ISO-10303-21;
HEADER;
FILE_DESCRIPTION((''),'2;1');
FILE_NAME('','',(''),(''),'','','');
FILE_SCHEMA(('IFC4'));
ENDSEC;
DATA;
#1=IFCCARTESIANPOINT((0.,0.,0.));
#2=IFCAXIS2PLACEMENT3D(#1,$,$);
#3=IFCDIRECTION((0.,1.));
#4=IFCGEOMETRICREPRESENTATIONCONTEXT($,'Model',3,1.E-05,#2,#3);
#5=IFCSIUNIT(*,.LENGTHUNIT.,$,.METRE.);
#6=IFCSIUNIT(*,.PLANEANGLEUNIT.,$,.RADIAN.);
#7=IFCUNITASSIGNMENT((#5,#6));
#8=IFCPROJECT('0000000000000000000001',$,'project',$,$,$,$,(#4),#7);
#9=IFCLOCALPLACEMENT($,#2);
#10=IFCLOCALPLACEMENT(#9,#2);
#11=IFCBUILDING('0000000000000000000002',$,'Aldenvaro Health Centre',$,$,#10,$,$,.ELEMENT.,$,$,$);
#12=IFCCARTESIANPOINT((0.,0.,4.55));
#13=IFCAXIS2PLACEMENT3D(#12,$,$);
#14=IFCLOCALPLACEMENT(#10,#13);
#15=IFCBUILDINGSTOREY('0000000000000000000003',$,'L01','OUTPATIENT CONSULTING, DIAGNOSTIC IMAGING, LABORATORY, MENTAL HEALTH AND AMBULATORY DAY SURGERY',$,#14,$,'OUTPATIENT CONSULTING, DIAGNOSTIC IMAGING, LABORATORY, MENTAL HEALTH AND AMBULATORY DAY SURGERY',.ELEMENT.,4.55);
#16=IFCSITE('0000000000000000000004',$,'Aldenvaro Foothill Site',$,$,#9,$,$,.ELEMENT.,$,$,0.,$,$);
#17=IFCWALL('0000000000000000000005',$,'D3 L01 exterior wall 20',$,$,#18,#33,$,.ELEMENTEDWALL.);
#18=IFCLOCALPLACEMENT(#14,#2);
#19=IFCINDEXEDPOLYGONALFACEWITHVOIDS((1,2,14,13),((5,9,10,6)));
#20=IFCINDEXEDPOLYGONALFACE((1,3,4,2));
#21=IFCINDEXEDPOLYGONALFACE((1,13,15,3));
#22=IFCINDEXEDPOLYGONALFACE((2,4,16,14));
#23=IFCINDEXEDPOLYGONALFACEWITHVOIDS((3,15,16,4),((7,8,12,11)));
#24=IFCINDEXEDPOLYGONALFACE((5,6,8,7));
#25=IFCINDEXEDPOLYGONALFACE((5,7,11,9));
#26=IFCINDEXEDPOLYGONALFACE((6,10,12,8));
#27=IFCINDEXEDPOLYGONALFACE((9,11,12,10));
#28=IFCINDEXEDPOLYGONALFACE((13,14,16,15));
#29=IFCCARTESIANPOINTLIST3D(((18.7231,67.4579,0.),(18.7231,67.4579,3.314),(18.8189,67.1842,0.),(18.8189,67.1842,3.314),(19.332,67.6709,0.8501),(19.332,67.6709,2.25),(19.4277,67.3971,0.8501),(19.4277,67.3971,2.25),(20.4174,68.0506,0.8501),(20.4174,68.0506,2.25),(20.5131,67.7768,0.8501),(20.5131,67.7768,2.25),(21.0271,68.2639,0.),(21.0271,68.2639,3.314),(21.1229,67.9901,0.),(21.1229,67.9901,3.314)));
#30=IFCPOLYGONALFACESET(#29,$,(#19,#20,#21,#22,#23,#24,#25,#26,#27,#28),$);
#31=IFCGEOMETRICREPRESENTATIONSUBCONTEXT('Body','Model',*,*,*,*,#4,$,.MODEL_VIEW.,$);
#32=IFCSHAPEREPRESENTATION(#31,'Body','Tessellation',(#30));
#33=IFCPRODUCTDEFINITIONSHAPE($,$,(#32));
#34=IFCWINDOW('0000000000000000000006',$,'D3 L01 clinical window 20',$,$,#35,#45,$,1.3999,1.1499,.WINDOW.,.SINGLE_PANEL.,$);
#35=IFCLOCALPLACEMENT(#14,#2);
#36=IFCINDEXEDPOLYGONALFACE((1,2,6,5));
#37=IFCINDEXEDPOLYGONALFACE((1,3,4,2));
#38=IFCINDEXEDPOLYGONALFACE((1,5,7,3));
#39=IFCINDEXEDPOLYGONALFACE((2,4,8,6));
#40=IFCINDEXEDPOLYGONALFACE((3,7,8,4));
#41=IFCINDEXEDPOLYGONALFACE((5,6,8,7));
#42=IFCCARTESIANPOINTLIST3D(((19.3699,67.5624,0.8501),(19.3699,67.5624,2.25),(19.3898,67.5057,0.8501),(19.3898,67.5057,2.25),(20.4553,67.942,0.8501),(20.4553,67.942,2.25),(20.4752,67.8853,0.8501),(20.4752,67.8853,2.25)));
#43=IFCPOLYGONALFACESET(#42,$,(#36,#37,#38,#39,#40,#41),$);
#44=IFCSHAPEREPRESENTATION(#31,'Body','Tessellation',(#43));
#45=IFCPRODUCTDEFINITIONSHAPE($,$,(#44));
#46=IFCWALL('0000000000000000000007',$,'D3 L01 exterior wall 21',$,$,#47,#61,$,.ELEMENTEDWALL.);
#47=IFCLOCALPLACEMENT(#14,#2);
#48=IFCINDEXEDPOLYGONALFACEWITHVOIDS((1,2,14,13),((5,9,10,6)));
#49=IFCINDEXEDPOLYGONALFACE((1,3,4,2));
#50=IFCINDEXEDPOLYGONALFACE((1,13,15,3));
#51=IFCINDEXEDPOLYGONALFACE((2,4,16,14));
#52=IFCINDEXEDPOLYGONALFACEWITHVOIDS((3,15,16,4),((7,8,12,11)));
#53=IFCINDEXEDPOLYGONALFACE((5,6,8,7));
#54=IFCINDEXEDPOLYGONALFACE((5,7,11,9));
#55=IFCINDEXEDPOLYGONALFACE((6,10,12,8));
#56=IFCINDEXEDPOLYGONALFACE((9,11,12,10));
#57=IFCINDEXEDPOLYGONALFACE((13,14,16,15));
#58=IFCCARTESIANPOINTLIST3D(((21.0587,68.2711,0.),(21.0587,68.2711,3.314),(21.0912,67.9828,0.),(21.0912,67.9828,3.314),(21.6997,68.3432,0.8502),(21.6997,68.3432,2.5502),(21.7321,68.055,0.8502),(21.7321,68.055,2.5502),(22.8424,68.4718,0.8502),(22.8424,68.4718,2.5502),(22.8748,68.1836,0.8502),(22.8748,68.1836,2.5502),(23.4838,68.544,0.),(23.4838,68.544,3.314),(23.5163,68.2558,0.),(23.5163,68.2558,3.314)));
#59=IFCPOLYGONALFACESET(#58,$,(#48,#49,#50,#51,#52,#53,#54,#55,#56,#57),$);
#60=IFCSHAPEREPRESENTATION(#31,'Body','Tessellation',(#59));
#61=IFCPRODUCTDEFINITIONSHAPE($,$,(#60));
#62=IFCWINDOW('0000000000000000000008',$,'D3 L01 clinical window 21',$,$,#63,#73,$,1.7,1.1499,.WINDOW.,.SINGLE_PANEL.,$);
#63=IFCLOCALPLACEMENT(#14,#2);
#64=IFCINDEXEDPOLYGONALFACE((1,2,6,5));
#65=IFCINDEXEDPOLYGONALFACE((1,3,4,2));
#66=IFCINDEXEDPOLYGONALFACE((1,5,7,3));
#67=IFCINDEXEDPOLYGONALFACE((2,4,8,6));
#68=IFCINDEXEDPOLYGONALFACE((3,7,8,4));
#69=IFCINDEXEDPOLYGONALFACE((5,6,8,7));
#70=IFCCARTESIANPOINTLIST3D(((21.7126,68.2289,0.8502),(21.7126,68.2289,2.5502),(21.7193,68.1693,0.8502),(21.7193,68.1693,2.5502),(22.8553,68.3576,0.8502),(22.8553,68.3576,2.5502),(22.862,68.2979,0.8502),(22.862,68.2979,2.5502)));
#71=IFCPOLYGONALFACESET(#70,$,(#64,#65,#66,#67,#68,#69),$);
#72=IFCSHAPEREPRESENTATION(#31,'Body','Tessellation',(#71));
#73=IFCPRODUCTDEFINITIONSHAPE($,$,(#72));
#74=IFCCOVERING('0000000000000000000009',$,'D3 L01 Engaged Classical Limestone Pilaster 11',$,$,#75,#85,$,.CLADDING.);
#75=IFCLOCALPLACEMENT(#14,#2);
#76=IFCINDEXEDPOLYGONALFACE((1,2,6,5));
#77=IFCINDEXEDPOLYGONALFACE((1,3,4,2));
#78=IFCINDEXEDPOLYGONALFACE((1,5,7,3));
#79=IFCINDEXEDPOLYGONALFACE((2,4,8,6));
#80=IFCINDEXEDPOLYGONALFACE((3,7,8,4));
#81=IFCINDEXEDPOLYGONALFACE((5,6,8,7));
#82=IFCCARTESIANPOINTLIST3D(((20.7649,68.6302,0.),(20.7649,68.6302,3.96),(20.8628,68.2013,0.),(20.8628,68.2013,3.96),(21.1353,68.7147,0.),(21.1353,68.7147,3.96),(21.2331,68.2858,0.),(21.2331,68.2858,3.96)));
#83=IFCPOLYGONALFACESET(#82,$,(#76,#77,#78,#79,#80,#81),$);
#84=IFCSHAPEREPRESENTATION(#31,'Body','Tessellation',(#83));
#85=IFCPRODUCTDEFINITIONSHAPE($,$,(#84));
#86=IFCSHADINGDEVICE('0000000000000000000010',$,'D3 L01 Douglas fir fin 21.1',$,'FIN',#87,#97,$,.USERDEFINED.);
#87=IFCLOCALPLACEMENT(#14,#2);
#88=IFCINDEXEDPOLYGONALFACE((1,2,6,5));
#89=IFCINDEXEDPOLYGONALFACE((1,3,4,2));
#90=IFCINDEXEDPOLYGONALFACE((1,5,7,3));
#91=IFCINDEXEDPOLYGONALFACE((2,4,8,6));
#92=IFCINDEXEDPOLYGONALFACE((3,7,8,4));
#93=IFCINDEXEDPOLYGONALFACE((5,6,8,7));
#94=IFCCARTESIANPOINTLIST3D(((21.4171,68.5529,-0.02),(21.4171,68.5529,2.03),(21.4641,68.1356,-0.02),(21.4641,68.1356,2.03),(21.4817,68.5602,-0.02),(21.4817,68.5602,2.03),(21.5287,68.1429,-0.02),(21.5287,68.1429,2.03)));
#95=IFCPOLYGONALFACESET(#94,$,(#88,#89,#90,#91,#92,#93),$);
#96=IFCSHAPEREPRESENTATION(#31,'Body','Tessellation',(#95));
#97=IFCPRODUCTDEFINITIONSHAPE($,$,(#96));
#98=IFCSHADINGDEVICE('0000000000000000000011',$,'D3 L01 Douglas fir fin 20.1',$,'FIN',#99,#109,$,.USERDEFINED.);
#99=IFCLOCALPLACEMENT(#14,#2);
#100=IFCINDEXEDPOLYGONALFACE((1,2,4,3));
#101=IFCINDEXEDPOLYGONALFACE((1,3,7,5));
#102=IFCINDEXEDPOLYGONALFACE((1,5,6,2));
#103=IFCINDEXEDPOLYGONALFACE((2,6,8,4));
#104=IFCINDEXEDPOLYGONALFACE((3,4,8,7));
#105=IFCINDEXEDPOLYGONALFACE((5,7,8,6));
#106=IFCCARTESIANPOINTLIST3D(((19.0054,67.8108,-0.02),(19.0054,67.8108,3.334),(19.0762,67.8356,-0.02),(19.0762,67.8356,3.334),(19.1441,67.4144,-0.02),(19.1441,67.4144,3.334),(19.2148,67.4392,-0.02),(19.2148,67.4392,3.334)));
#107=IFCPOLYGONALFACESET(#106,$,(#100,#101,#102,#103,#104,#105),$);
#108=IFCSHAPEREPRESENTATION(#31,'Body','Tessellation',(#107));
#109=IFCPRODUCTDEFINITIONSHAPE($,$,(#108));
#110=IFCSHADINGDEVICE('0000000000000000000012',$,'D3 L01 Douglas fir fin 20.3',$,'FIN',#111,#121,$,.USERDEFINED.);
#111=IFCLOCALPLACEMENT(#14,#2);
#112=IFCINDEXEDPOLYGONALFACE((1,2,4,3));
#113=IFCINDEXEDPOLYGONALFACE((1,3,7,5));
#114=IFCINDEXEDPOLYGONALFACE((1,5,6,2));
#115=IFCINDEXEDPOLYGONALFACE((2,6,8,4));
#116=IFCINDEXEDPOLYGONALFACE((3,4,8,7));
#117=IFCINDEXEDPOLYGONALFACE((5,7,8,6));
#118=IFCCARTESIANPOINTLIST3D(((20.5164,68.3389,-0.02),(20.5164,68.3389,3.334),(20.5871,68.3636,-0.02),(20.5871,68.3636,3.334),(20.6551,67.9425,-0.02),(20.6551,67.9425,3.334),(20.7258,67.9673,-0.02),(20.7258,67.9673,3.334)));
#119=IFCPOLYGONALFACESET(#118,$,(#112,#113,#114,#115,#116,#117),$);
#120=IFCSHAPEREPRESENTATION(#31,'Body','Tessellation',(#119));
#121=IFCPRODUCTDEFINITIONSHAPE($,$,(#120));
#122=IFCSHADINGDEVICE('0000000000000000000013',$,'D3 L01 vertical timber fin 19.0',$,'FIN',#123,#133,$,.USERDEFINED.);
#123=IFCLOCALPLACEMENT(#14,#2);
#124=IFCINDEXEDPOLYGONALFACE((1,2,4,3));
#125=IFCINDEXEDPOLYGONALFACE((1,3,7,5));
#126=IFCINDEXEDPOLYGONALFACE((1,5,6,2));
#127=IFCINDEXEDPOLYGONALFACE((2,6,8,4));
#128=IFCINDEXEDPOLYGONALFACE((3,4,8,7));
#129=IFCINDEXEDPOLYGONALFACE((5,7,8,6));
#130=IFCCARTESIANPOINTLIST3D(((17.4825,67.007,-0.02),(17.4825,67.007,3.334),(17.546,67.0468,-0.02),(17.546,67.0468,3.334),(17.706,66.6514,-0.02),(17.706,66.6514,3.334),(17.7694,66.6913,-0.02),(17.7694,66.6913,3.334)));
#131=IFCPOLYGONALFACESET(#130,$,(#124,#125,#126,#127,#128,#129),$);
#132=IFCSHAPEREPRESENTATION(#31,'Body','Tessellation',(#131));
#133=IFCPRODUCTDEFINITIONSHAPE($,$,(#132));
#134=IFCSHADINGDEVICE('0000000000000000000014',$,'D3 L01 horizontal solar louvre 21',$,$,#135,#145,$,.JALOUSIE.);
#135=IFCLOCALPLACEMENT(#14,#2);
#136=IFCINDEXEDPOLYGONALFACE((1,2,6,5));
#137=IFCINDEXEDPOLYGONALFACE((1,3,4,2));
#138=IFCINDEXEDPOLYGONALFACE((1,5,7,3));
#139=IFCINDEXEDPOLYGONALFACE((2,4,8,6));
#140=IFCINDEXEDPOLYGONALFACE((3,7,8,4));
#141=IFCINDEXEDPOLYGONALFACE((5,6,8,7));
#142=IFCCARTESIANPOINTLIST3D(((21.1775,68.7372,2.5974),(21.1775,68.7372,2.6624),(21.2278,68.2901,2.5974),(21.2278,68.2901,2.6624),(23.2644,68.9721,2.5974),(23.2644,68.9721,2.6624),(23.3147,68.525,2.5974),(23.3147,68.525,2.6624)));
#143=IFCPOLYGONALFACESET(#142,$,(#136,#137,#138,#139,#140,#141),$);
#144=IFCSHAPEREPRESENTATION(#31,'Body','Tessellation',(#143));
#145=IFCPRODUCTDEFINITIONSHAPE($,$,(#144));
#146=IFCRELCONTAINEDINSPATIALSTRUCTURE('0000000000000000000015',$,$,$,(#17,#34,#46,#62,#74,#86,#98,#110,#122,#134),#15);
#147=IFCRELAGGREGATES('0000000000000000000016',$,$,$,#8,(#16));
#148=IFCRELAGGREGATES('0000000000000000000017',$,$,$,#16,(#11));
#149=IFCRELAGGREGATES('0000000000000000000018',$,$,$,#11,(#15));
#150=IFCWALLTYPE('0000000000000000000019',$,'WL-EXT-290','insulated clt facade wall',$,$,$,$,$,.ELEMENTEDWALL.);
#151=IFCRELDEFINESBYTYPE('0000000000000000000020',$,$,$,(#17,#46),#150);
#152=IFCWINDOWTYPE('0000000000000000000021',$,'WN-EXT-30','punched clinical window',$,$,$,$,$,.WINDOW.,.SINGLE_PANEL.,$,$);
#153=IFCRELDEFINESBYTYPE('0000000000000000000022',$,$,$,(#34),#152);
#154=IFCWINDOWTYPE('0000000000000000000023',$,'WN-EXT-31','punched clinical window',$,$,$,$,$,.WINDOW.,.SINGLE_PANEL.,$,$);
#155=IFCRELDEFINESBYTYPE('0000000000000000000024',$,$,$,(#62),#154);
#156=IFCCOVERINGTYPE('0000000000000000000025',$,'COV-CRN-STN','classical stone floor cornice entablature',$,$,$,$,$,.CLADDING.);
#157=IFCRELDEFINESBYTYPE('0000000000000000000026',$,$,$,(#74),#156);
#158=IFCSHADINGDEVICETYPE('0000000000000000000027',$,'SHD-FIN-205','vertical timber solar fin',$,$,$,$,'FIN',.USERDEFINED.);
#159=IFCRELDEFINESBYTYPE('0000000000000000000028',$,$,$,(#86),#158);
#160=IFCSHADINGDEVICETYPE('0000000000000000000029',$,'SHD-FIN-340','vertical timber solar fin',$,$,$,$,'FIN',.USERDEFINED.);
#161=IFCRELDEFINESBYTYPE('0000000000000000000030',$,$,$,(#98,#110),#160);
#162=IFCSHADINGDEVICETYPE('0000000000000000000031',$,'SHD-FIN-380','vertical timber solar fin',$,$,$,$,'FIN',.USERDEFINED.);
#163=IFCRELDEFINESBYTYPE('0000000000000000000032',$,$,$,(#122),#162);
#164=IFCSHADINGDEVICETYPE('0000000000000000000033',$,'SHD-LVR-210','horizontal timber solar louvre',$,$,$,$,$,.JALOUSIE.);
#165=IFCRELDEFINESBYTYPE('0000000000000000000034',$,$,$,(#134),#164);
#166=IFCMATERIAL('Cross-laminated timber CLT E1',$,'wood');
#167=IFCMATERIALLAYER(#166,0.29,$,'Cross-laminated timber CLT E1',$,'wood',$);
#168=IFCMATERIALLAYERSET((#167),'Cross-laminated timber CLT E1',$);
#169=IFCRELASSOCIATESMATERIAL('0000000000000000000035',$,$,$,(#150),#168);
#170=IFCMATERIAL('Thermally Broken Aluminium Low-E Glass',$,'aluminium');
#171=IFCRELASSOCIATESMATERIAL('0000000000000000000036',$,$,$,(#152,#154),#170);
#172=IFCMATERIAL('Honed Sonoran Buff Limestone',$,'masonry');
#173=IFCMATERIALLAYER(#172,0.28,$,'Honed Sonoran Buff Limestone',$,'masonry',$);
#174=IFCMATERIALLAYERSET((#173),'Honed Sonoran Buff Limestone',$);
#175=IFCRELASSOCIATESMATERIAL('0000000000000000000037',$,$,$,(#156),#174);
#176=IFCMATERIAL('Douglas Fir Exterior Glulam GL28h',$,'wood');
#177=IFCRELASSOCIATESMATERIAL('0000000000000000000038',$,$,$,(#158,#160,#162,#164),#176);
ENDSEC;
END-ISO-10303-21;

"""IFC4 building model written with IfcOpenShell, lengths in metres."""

from ifc_helpers import new_model, si_unit, direction, frame, frame_2d, origin, origin_2d, place, context, subcontext, project, spatial, rectangle, extrude, material, layer, layer_set, type_object, element, fill, save


model = new_model("IFC4")

# Units and contexts
model_context = context("Model", 3, precision=1e-05, world=origin(), true_north=direction((0.0, 1.0)))
body_context = subcontext(model_context, "Body", "Model", "MODEL_VIEW")
ifc_project = project(units=[si_unit("LENGTHUNIT", "METRE"), si_unit("PLANEANGLEUNIT", "RADIAN")], contexts=[model_context])

# Site, building, storey
site_placement = place(None, origin())
site = spatial("IfcSite", under=ifc_project, at=site_placement, Name="Aldenvaro Foothill Site", CompositionType="ELEMENT", RefElevation=0.0)
building_placement = place(site_placement, origin())
building = spatial("IfcBuilding", under=site, at=building_placement, Name="Aldenvaro Health Centre", CompositionType="ELEMENT")
storey_placement = place(building_placement, frame((0.0, 0.0, 4.55)))
storey = spatial("IfcBuildingStorey", under=building, at=storey_placement, Name="L01", Description="OUTPATIENT CONSULTING, DIAGNOSTIC IMAGING, LABORATORY, MENTAL HEALTH AND AMBULATORY DAY SURGERY", LongName="OUTPATIENT CONSULTING, DIAGNOSTIC IMAGING, LABORATORY, MENTAL HEALTH AND AMBULATORY DAY SURGERY", CompositionType="ELEMENT", Elevation=4.55)

# Walls, openings, windows
ifc_material_1 = material(Name="Cross-laminated timber CLT E1", Category="wood")
ifc_layer_1 = layer(ifc_material_1, 0.29, Name="Cross-laminated timber CLT E1", Category="wood")
ifc_layer_set_1 = layer_set([ifc_layer_1], Name="Cross-laminated timber CLT E1")
wall_type_1 = type_object("IfcWallType", Name="WL-EXT-290", Description="insulated clt facade wall", PredefinedType="ELEMENTEDWALL", material=ifc_layer_set_1)
wall_1_placement = place(storey_placement, frame((18.771, 67.321, 0.0), z_axis=(0.0, 0.0, 1.0), x_axis=(0.943919, 0.330177, 0.0)))
wall_1 = element("IfcWall", 1, at=wall_1_placement, inside=storey, type_object=wall_type_1, Name="D3 L01 exterior wall 20", PredefinedType="ELEMENTEDWALL", context=body_context, shape_type="SweptSolid", body=[
    extrude(rectangle(XDim=2.4409, YDim=0.29, at=frame_2d((1.2205, 0.0))), origin(), (0.0, 0.0, 1.0), 3.314),
])
opening_1_placement = place(wall_1_placement, frame((0.645, 0.0, 0.8501)))
opening_1 = element("IfcOpeningElement", 2, at=opening_1_placement, cuts=wall_1, PredefinedType="OPENING", context=body_context, shape_type="SweptSolid", body=[
    extrude(rectangle(XDim=1.1499, YDim=1.3999, at=frame_2d((0.575, 0.7))), frame((0.0, 0.155, 0.0), z_axis=(0.0, -1.0, 0.0), x_axis=(1.0, 0.0, 0.0)), (0.0, 0.0, 1.0), 0.3101),
])
ifc_material_2 = material(Name="Thermally Broken Aluminium Low-E Glass", Category="aluminium")
window_type_1 = type_object("IfcWindowType", Name="WN-EXT-30", Description="punched clinical window", PartitioningType="SINGLE_PANEL", PredefinedType="WINDOW", material=ifc_material_2)
window_1_placement = place(opening_1_placement, origin())
window_1 = element("IfcWindow", 3, at=window_1_placement, inside=storey, type_object=window_type_1, Name="D3 L01 clinical window 20", OverallHeight=1.3999, OverallWidth=1.1499, PartitioningType="SINGLE_PANEL", PredefinedType="WINDOW", context=body_context, shape_type="SweptSolid", body=[
    extrude(rectangle(XDim=1.1499, YDim=1.3999, at=frame_2d((0.575, 0.7))), frame((0.0, 0.03, 0.0), z_axis=(0.0, -1.0, 0.0), x_axis=(1.0, 0.0, 0.0)), (0.0, 0.0, 1.0), 0.0601),
])
fill(opening_1, window_1)
wall_2_placement = place(storey_placement, frame((21.075, 68.127, 0.0), z_axis=(0.0, 0.0, 1.0), x_axis=(0.993725, 0.111848, 0.0)))
wall_2 = element("IfcWall", 4, at=wall_2_placement, inside=storey, type_object=wall_type_1, Name="D3 L01 exterior wall 21", PredefinedType="ELEMENTEDWALL", context=body_context, shape_type="SweptSolid", body=[
    extrude(rectangle(XDim=2.4404, YDim=0.29, at=frame_2d((1.2202, 0.0))), origin(), (0.0, 0.0, 1.0), 3.314),
])
opening_2_placement = place(wall_2_placement, frame((0.645, 0.0, 0.8501)))
opening_2 = element("IfcOpeningElement", 5, at=opening_2_placement, cuts=wall_2, PredefinedType="OPENING", context=body_context, shape_type="SweptSolid", body=[
    extrude(rectangle(XDim=1.1499, YDim=1.7, at=frame_2d((0.575, 0.8501))), frame((0.0, 0.155, 0.0), z_axis=(0.0, -1.0, 0.0), x_axis=(1.0, 0.0, 0.0)), (0.0, 0.0, 1.0), 0.3101),
])
window_type_2 = type_object("IfcWindowType", Name="WN-EXT-31", Description="punched clinical window", PartitioningType="SINGLE_PANEL", PredefinedType="WINDOW", material=ifc_material_2)
window_2_placement = place(opening_2_placement, origin())
window_2 = element("IfcWindow", 6, at=window_2_placement, inside=storey, type_object=window_type_2, Name="D3 L01 clinical window 21", OverallHeight=1.7, OverallWidth=1.1499, PartitioningType="SINGLE_PANEL", PredefinedType="WINDOW", context=body_context, shape_type="SweptSolid", body=[
    extrude(rectangle(XDim=1.1499, YDim=1.7, at=frame_2d((0.575, 0.8501))), frame((0.0, 0.03, 0.0), z_axis=(0.0, -1.0, 0.0), x_axis=(1.0, 0.0, 0.0)), (0.0, 0.0, 1.0), 0.0601),
])
fill(opening_2, window_2)

# Covering
ifc_material_3 = material(Name="Honed Sonoran Buff Limestone", Category="masonry")
ifc_layer_2 = layer(ifc_material_3, 0.28, Name="Honed Sonoran Buff Limestone", Category="masonry")
ifc_layer_set_2 = layer_set([ifc_layer_2], Name="Honed Sonoran Buff Limestone")
covering_type = type_object("IfcCoveringType", Name="COV-CRN-STN", Description="classical stone floor cornice entablature", PredefinedType="CLADDING", material=ifc_layer_set_2)
covering_placement = place(storey_placement, frame((20.999, 68.458, 0.0), z_axis=(0.0, 0.0, 1.0), x_axis=(-0.222474, 0.974939, 0.0)))
element("IfcCovering", 7, at=covering_placement, inside=storey, type_object=covering_type, Name="D3 L01 Engaged Classical Limestone Pilaster 11", PredefinedType="CLADDING", context=body_context, shape_type="SweptSolid", body=[
    extrude(rectangle(XDim=0.4399, YDim=0.3799, at=origin_2d()), origin(), (0.0, 0.0, 1.0), 3.96),
])

# Shading devices
ifc_material_4 = material(Name="Douglas Fir Exterior Glulam GL28h", Category="wood")
shading_device_type_1 = type_object("IfcShadingDeviceType", Name="SHD-FIN-205", Description="vertical timber solar fin", ElementType="FIN", PredefinedType="USERDEFINED", material=ifc_material_4)
shading_device_1_placement = place(storey_placement, frame((21.4729, 68.3479, -0.02), z_axis=(0.0, 0.0, 1.0), x_axis=(0.993723, 0.111871, 0.0)))
element("IfcShadingDevice", 8, at=shading_device_1_placement, inside=storey, type_object=shading_device_type_1, Name="D3 L01 Douglas fir fin 21.1", ObjectType="FIN", PredefinedType="USERDEFINED", context=body_context, shape_type="SweptSolid", body=[
    extrude(rectangle(XDim=0.0649, YDim=0.4199, at=origin_2d()), origin(), (0.0, 0.0, 1.0), 2.05),
])
shading_device_type_2 = type_object("IfcShadingDeviceType", Name="SHD-FIN-340", Description="vertical timber solar fin", ElementType="FIN", PredefinedType="USERDEFINED", material=ifc_material_4)
for number, where, z_axis, x_axis, name in (
    (9, (19.1101, 67.625, -0.02), (0.0, 0.0, 1.0), (0.943909, 0.330204, 0.0), "D3 L01 Douglas fir fin 20.1"),
    (10, (20.6211, 68.1531, -0.02), (0.0, 0.0, 1.0), (0.943909, 0.330204, 0.0), "D3 L01 Douglas fir fin 20.3"),
):
    element("IfcShadingDevice", number, at=place(storey_placement, frame(where, z_axis=z_axis, x_axis=x_axis)), inside=storey, type_object=shading_device_type_2, Name=name, ObjectType="FIN", PredefinedType="USERDEFINED", context=body_context, shape_type="SweptSolid", body=[
        extrude(rectangle(XDim=0.075, YDim=0.4199, at=origin_2d()), origin(), (0.0, 0.0, 1.0), 3.354),
    ])
shading_device_type_3 = type_object("IfcShadingDeviceType", Name="SHD-FIN-380", Description="vertical timber solar fin", ElementType="FIN", PredefinedType="USERDEFINED", material=ifc_material_4)
shading_device_2_placement = place(storey_placement, frame((17.626, 66.8491, -0.02), z_axis=(0.0, 0.0, 1.0), x_axis=(0.846684, 0.532096, 0.0)))
element("IfcShadingDevice", 11, at=shading_device_2_placement, inside=storey, type_object=shading_device_type_3, Name="D3 L01 vertical timber fin 19.0", ObjectType="FIN", PredefinedType="USERDEFINED", context=body_context, shape_type="SweptSolid", body=[
    extrude(rectangle(XDim=0.075, YDim=0.4199, at=origin_2d()), origin(), (0.0, 0.0, 1.0), 3.354),
])
shading_device_type_4 = type_object("IfcShadingDeviceType", Name="SHD-LVR-210", Description="horizontal timber solar louvre", PredefinedType="JALOUSIE", material=ifc_material_4)
shading_device_3_placement = place(storey_placement, frame((22.2461, 68.6311, 2.5974), z_axis=(0.0, 0.0, 1.0), x_axis=(0.993723, 0.111871, 0.0)))
element("IfcShadingDevice", 12, at=shading_device_3_placement, inside=storey, type_object=shading_device_type_4, Name="D3 L01 horizontal solar louvre 21", PredefinedType="JALOUSIE", context=body_context, shape_type="SweptSolid", body=[
    extrude(rectangle(XDim=2.1001, YDim=0.45, at=origin_2d()), origin(), (0.0, 0.0, 1.0), 0.0649),
])

save(model, "model.ifc")
